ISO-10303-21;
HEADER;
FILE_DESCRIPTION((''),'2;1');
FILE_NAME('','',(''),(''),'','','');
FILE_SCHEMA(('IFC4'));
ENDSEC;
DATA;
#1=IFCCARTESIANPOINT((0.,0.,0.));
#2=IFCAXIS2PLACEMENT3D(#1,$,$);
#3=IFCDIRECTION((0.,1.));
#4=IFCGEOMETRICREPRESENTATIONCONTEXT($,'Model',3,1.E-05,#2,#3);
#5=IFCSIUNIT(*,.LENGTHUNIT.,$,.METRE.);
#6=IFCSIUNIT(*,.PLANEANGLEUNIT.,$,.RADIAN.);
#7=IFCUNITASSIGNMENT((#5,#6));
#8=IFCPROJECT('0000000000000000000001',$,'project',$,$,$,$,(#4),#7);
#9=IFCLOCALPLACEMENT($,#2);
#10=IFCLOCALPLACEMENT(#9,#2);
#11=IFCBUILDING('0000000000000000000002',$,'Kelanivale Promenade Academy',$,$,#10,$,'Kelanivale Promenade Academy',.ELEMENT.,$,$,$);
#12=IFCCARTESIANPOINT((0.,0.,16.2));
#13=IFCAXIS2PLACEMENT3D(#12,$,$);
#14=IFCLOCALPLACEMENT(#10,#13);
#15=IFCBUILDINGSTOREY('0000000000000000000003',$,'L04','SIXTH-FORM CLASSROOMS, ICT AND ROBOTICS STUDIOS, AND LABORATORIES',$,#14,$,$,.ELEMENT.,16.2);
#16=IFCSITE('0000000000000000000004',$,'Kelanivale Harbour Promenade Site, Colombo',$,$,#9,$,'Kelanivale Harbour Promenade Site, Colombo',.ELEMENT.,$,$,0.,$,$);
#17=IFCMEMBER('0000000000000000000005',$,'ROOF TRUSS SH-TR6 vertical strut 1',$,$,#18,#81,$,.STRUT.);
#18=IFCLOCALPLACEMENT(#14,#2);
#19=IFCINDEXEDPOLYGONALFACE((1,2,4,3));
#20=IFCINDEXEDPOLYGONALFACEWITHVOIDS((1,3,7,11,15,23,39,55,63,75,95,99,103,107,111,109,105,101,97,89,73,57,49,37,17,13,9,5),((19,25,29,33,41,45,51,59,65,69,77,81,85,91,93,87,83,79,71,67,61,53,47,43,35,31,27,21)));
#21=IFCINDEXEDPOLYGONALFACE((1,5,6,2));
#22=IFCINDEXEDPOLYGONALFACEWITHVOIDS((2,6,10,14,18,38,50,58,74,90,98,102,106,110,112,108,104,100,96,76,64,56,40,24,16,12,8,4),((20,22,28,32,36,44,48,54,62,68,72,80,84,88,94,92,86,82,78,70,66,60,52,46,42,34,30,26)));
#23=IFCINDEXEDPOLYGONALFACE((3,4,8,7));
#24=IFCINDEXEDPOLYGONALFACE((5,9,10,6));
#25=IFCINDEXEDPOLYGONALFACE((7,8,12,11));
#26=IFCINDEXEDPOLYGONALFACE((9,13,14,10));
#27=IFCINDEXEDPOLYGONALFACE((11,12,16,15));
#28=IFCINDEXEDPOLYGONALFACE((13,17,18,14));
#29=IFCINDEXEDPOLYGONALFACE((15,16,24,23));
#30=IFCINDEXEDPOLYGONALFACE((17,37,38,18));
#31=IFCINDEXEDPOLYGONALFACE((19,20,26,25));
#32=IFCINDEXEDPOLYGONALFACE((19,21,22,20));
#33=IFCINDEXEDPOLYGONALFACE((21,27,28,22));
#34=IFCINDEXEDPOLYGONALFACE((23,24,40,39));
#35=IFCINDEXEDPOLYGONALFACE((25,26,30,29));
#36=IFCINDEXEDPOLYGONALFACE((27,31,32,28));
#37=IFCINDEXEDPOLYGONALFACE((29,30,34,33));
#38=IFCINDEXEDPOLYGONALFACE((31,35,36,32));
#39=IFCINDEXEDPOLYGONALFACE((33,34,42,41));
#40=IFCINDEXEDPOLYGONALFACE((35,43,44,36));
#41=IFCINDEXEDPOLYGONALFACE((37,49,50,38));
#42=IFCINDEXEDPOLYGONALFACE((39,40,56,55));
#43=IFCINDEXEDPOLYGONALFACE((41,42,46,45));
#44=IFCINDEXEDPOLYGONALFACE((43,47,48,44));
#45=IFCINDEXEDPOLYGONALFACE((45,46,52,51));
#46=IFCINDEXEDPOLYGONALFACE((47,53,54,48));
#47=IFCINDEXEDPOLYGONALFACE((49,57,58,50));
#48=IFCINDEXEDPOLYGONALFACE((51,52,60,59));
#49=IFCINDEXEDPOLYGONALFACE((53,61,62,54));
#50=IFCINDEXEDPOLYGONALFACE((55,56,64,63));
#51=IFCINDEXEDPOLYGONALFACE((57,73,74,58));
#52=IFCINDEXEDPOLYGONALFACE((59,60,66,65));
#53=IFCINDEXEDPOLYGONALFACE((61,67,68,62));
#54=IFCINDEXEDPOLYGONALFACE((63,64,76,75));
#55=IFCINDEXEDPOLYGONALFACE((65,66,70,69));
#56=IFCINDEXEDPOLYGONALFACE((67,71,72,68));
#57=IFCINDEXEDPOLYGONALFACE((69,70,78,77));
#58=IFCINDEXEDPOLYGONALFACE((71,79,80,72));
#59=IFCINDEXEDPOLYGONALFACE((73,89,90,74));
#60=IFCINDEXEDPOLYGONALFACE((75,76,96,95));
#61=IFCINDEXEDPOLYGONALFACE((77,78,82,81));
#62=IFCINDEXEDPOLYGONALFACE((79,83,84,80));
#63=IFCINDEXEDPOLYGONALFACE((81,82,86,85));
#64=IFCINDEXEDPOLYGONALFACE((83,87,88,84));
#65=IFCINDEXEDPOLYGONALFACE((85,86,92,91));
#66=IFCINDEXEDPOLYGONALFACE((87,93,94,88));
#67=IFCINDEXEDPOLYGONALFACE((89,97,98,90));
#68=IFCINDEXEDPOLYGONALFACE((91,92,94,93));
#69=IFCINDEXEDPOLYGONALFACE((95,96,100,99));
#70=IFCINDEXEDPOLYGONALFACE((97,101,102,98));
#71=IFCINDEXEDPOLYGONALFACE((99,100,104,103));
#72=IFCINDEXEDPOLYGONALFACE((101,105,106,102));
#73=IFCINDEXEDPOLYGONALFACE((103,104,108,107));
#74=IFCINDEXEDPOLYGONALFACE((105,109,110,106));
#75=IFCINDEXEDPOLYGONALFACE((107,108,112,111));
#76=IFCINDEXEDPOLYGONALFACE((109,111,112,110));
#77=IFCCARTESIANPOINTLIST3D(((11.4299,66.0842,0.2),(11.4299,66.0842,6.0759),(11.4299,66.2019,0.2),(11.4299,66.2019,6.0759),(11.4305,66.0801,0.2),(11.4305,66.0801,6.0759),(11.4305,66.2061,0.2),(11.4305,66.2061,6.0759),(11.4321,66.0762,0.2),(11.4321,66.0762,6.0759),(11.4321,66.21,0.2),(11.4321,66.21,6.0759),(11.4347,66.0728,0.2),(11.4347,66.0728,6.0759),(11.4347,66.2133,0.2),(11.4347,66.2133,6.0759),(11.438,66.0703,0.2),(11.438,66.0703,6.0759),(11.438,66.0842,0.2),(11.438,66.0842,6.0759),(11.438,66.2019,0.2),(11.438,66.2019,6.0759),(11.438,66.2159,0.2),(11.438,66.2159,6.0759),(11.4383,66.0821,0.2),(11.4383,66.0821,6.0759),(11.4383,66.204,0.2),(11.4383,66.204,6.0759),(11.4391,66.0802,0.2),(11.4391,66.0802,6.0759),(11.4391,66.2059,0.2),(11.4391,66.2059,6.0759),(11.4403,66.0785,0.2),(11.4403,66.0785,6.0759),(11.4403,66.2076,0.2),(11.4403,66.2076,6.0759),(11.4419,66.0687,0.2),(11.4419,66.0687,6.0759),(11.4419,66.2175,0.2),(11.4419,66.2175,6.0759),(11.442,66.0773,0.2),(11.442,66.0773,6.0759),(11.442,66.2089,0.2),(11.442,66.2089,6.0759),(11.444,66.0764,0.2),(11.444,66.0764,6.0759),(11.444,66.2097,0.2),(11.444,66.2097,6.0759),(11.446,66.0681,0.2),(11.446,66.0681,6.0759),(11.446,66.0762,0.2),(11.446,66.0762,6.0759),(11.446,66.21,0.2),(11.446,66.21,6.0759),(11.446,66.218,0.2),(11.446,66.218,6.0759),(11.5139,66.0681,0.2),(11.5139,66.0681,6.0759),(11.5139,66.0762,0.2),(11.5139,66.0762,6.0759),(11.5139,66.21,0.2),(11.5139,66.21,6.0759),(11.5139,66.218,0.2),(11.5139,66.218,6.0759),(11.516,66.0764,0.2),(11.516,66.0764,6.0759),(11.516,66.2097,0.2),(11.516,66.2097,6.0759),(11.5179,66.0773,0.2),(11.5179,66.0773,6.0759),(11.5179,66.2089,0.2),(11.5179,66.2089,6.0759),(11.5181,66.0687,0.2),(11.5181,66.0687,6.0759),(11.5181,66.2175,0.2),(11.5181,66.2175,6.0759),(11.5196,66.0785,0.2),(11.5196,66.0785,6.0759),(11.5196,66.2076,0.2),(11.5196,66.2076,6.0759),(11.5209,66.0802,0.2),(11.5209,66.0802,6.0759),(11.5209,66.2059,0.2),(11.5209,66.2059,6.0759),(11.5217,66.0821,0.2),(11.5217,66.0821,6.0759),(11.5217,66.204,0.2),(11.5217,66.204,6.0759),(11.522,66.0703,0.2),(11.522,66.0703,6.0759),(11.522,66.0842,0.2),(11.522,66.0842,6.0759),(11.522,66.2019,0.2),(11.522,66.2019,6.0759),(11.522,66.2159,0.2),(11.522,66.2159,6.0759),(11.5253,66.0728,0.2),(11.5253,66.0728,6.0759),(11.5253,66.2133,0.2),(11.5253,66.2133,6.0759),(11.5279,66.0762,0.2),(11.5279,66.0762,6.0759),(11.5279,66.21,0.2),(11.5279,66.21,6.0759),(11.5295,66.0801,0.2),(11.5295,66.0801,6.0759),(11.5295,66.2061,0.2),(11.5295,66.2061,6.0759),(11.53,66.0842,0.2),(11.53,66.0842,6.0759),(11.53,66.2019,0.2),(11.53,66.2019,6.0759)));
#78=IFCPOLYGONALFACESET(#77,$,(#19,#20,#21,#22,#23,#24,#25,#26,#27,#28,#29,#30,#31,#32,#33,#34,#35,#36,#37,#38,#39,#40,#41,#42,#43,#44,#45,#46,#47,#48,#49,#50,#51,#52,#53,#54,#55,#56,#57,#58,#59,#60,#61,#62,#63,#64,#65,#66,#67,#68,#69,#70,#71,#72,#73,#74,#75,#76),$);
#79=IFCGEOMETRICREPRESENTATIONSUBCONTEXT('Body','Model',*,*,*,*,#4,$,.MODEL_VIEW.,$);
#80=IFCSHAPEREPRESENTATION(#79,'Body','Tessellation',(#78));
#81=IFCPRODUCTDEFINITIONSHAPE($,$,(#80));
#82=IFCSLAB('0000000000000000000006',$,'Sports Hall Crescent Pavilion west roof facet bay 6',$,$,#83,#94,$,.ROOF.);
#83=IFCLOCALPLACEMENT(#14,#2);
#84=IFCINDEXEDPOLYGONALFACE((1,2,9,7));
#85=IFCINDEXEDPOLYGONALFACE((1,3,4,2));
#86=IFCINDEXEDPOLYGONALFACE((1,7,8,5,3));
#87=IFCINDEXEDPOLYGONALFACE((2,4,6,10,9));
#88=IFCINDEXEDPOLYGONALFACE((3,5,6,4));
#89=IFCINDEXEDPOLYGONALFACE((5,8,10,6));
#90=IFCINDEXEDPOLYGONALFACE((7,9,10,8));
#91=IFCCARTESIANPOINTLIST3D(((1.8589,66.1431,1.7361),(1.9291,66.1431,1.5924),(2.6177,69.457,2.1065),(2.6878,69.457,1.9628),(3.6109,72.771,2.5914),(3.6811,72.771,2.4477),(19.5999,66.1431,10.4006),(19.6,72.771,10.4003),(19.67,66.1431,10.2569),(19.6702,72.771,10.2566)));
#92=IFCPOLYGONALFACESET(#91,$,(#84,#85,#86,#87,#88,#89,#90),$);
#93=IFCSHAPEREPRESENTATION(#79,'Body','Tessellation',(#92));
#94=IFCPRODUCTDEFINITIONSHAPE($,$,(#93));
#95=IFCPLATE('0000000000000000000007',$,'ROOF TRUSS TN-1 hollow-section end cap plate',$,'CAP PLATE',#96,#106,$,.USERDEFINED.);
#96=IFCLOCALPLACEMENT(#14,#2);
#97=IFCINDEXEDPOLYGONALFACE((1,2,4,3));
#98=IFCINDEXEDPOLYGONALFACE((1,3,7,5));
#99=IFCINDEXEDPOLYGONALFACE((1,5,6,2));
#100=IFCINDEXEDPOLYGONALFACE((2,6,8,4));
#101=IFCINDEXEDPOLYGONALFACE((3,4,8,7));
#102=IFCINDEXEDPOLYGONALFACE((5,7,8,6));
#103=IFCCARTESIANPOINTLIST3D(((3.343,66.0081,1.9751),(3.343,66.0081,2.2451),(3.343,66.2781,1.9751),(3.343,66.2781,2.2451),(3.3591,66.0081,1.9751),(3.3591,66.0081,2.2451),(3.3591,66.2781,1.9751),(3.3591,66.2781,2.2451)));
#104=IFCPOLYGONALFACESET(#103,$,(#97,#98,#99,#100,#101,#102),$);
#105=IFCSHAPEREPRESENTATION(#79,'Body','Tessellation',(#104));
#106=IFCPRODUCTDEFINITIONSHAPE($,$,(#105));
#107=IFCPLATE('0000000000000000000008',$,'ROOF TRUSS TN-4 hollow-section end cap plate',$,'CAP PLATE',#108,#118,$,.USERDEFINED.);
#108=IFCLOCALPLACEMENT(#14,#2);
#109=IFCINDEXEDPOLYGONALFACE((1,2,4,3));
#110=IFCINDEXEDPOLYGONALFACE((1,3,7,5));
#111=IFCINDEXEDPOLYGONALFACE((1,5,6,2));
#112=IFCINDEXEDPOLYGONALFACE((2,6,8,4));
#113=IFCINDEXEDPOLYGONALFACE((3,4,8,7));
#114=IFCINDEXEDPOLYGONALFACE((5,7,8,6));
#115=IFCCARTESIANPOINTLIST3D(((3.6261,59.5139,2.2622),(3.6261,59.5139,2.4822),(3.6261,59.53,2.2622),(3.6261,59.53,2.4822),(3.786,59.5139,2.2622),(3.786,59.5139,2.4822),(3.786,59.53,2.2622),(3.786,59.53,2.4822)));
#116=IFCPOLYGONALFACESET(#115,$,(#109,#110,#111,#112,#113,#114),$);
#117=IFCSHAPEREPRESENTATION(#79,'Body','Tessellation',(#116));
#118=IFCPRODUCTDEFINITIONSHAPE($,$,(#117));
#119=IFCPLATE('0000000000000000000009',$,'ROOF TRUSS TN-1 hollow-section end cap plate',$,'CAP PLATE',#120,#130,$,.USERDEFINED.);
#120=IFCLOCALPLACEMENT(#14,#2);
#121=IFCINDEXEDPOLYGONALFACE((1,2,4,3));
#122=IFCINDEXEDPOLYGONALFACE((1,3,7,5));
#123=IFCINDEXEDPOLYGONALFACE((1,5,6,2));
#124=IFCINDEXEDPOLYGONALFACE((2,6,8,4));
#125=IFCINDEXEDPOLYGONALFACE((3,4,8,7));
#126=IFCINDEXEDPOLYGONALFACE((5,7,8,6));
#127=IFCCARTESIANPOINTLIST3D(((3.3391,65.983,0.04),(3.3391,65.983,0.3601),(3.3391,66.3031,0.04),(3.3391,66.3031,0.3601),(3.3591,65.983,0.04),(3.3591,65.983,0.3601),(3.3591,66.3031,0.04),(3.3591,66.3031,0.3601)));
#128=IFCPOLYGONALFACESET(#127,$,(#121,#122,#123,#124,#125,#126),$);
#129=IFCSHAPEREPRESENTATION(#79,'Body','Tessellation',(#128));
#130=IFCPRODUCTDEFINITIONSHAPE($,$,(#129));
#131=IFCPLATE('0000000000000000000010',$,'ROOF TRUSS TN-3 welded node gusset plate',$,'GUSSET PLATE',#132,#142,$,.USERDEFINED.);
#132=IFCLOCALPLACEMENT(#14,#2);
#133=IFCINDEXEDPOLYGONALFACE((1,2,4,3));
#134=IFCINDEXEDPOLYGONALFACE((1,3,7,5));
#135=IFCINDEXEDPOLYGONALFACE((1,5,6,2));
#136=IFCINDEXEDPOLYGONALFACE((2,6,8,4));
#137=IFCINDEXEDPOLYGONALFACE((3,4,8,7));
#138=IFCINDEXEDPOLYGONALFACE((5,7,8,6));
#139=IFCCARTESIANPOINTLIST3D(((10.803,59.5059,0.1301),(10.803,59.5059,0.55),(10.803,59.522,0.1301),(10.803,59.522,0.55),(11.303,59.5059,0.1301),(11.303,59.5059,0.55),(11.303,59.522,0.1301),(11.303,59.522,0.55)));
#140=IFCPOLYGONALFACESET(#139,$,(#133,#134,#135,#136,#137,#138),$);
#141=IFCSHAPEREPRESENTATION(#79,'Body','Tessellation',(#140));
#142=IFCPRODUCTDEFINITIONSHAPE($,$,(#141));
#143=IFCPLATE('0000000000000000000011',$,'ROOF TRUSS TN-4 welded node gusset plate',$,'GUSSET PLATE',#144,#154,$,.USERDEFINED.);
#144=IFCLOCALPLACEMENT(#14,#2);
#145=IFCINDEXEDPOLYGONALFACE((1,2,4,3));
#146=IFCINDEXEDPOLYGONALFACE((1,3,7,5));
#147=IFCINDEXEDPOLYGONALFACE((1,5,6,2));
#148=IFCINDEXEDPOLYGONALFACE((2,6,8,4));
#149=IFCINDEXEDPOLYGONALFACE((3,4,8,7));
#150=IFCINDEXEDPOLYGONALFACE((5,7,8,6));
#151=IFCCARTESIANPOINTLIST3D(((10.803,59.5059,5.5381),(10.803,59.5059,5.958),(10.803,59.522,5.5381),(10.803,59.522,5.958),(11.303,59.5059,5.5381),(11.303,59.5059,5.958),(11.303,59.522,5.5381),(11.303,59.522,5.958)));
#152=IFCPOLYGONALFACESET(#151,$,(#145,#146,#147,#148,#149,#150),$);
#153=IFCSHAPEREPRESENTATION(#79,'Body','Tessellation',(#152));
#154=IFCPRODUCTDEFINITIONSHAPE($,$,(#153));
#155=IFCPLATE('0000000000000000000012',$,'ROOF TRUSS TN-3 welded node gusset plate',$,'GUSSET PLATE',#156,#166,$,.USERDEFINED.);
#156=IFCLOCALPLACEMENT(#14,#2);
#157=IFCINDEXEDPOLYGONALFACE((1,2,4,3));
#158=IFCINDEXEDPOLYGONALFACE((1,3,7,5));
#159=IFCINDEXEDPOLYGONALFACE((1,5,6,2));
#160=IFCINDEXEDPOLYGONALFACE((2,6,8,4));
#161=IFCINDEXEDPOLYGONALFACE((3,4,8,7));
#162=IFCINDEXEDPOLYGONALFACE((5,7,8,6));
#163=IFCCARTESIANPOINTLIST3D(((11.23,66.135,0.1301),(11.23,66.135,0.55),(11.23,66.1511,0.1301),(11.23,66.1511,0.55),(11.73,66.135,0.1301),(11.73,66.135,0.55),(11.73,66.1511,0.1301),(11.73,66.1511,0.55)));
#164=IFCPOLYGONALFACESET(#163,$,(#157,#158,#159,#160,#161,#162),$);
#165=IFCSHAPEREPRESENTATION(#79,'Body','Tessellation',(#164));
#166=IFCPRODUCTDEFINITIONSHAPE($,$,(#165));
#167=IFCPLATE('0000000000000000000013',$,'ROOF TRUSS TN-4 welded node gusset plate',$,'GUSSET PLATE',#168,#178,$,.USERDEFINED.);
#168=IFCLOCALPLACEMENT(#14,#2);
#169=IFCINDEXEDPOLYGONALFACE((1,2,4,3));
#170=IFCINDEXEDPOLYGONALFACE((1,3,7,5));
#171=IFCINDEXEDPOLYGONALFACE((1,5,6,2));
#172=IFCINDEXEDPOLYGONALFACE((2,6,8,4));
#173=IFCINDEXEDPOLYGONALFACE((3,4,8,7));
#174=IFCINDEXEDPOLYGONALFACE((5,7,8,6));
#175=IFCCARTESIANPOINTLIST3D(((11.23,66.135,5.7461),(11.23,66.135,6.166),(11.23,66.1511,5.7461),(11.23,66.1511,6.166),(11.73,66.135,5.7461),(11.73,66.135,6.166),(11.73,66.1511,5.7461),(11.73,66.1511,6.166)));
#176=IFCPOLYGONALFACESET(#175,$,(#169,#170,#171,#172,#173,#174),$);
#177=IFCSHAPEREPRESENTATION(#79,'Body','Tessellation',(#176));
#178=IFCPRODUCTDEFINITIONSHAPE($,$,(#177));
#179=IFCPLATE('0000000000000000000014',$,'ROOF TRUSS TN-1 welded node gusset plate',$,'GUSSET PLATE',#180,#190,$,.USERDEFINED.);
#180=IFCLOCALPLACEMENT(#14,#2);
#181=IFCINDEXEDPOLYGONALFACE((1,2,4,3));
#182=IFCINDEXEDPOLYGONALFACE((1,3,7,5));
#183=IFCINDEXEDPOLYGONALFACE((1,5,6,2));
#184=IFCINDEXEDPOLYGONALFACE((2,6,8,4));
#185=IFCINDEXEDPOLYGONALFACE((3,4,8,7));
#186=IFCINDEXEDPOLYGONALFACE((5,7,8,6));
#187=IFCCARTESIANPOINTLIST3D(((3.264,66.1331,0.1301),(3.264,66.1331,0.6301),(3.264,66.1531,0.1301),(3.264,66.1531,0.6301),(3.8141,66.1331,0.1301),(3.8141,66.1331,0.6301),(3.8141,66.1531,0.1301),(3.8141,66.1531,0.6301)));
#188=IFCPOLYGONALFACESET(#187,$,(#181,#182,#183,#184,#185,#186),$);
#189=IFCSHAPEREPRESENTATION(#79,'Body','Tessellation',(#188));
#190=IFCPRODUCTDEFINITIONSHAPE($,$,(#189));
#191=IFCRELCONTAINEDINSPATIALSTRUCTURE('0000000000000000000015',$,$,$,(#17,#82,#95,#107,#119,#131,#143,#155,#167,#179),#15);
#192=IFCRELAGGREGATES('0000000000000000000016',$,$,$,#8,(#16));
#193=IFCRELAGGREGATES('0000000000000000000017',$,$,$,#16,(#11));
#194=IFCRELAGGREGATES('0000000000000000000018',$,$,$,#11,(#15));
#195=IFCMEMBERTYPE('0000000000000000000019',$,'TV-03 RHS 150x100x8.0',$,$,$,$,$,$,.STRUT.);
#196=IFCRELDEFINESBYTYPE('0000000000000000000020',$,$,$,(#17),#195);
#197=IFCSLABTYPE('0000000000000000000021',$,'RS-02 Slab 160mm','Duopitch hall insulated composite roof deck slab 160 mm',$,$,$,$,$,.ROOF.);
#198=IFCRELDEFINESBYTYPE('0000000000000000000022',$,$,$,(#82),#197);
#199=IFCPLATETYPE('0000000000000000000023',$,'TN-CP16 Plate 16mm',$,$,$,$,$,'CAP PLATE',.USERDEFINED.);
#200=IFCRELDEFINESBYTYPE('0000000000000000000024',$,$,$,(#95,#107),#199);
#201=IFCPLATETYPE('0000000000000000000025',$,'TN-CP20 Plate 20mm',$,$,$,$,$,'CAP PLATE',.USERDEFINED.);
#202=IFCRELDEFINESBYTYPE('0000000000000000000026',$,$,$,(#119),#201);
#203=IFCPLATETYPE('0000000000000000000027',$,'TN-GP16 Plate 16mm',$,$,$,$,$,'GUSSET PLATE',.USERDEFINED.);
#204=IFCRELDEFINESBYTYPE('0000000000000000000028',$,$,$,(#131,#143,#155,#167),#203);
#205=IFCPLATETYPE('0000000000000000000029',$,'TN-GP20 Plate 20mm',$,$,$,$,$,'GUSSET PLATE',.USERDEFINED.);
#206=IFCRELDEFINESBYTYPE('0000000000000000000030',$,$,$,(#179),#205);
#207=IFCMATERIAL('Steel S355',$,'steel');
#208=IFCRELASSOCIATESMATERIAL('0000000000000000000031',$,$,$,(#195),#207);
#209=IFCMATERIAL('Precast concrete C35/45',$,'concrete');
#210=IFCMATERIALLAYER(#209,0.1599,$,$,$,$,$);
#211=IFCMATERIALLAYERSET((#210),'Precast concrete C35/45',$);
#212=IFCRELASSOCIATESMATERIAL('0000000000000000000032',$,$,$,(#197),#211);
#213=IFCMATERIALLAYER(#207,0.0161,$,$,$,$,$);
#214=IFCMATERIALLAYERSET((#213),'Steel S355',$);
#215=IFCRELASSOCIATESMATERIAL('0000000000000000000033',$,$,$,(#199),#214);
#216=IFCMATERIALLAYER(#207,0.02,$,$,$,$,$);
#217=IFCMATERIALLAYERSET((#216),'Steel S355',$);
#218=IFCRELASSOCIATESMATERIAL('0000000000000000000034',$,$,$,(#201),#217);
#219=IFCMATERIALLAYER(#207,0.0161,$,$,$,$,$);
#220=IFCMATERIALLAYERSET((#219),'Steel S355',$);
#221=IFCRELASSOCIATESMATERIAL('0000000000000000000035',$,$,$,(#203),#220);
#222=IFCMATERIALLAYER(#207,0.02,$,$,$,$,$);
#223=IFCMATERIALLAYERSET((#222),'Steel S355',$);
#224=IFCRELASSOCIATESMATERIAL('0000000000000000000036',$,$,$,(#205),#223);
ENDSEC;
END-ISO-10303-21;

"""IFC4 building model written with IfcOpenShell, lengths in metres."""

from ifc_helpers import new_model, si_unit, direction, frame, origin, origin_2d, place, context, subcontext, project, spatial, polyline, rectangle, hollow_rectangle, outline, extrude, material, layer, layer_set, material_profile, profile_set, type_object, element, save


model = new_model("IFC4")

# Units and contexts
model_context = context("Model", 3, precision=1e-05, world=origin(), true_north=direction((0.0, 1.0)))
body_context = subcontext(model_context, "Body", "Model", "MODEL_VIEW")
ifc_project = project(units=[si_unit("LENGTHUNIT", "METRE"), si_unit("PLANEANGLEUNIT", "RADIAN")], contexts=[model_context])

# Site, building, storey
site_placement = place(None, origin())
site = spatial("IfcSite", under=ifc_project, at=site_placement, Name="Kelanivale Harbour Promenade Site, Colombo", LongName="Kelanivale Harbour Promenade Site, Colombo", CompositionType="ELEMENT", RefElevation=0.0)
building_placement = place(site_placement, origin())
building = spatial("IfcBuilding", under=site, at=building_placement, Name="Kelanivale Promenade Academy", LongName="Kelanivale Promenade Academy", CompositionType="ELEMENT")
storey_placement = place(building_placement, frame((0.0, 0.0, 16.2)))
storey = spatial("IfcBuildingStorey", under=building, at=storey_placement, Name="L04", Description="SIXTH-FORM CLASSROOMS, ICT AND ROBOTICS STUDIOS, AND LABORATORIES", CompositionType="ELEMENT", Elevation=16.2)

# Shared definitions
ifc_material_1 = material(Name="Steel S355", Category="steel")

# Member
ifc_material_profile_1 = material_profile(ifc_material_1, hollow_rectangle(XDim=0.1001, YDim=0.1499, WallThickness=0.0081, InnerFilletRadius=0.0081, OuterFilletRadius=0.0161, at=origin_2d()), Name="RHS 150x100x8.0")
ifc_profile_set_1 = profile_set([ifc_material_profile_1], Name="Steel S355")
member_type_1 = type_object("IfcMemberType", Name="TV-03 RHS 150x100x8.0", PredefinedType="STRUT", material=ifc_profile_set_1)
member_1_placement = place(storey_placement, frame((11.48, 66.1431, 0.2), z_axis=(0.0, 0.0, 1.0), x_axis=(1.0, 0.0, 0.0)))
element("IfcMember", 1, at=member_1_placement, inside=storey, type_object=member_type_1, Name="ROOF TRUSS SH-TR6 vertical strut 1", PredefinedType="STRUT", context=body_context, shape_type="SweptSolid", body=[
    extrude(hollow_rectangle(XDim=0.1001, YDim=0.1499, WallThickness=0.0081, InnerFilletRadius=0.0081, OuterFilletRadius=0.0161, at=origin_2d()), origin(), (0.0, 0.0, 1.0), 5.876),
])

# Slab
ifc_material_2 = material(Name="Precast concrete C35/45", Category="concrete")
ifc_layer_1 = layer(ifc_material_2, 0.1599)
ifc_layer_set_1 = layer_set([ifc_layer_1], Name="Precast concrete C35/45")
slab_type = type_object("IfcSlabType", Name="RS-02 Slab 160mm", Description="Duopitch hall insulated composite roof deck slab 160 mm", PredefinedType="ROOF", material=ifc_layer_set_1)
slab_placement = place(storey_placement, frame((1.8589, 66.1431, 1.7361), z_axis=(-0.43885, 0.000055, 0.89856), x_axis=(0.89856, 0.0, 0.43885)))
element("IfcSlab", 2, at=slab_placement, inside=storey, type_object=slab_type, Name="Sports Hall Crescent Pavilion west roof facet bay 6", PredefinedType="ROOF", context=body_context, shape_type="SweptSolid", body=[
    extrude(outline(polyline([(0.0, 0.0), (19.7438, 0.0), (19.7438, 6.6279), (1.9497, 6.6279), (0.8444, 3.314), (0.0, 0.0)])), origin(), (0.0, 0.0, -1.0), 0.1599),
])

# Plates
ifc_layer_2 = layer(ifc_material_1, 0.0161)
ifc_layer_set_2 = layer_set([ifc_layer_2], Name="Steel S355")
plate_type_1 = type_object("IfcPlateType", Name="TN-CP16 Plate 16mm", ElementType="CAP PLATE", PredefinedType="USERDEFINED", material=ifc_layer_set_2)
plate_1_placement = place(storey_placement, frame((3.3511, 66.1431, 1.9751), z_axis=(0.0, 0.0, 1.0), x_axis=(-1.0, 0.0, 0.0)))
element("IfcPlate", 3, at=plate_1_placement, inside=storey, type_object=plate_type_1, Name="ROOF TRUSS TN-1 hollow-section end cap plate", ObjectType="CAP PLATE", PredefinedType="USERDEFINED", context=body_context, shape_type="SweptSolid", body=[
    extrude(rectangle(XDim=0.0161, YDim=0.27, at=origin_2d()), origin(), (0.0, 0.0, 1.0), 0.27),
])
plate_2_placement = place(storey_placement, frame((3.7061, 59.522, 2.2622), z_axis=(0.0, 0.0, 1.0), x_axis=(0.0, 1.0, 0.0)))
element("IfcPlate", 4, at=plate_2_placement, inside=storey, type_object=plate_type_1, Name="ROOF TRUSS TN-4 hollow-section end cap plate", ObjectType="CAP PLATE", PredefinedType="USERDEFINED", context=body_context, shape_type="SweptSolid", body=[
    extrude(rectangle(XDim=0.0161, YDim=0.1599, at=origin_2d()), origin(), (0.0, 0.0, 1.0), 0.22),
])
ifc_layer_3 = layer(ifc_material_1, 0.02)
ifc_layer_set_3 = layer_set([ifc_layer_3], Name="Steel S355")
plate_type_2 = type_object("IfcPlateType", Name="TN-CP20 Plate 20mm", ElementType="CAP PLATE", PredefinedType="USERDEFINED", material=ifc_layer_set_3)
plate_3_placement = place(storey_placement, frame((3.3491, 66.1431, 0.04), z_axis=(0.0, 0.0, 1.0), x_axis=(-1.0, 0.0, 0.0)))
element("IfcPlate", 5, at=plate_3_placement, inside=storey, type_object=plate_type_2, Name="ROOF TRUSS TN-1 hollow-section end cap plate", ObjectType="CAP PLATE", PredefinedType="USERDEFINED", context=body_context, shape_type="SweptSolid", body=[
    extrude(rectangle(XDim=0.02, YDim=0.3201, at=origin_2d()), origin(), (0.0, 0.0, 1.0), 0.3201),
])
ifc_layer_4 = layer(ifc_material_1, 0.0161)
ifc_layer_set_4 = layer_set([ifc_layer_4], Name="Steel S355")
plate_type_3 = type_object("IfcPlateType", Name="TN-GP16 Plate 16mm", ElementType="GUSSET PLATE", PredefinedType="USERDEFINED", material=ifc_layer_set_4)
for number, where, z_axis, x_axis, name in (
    (6, (11.053, 59.5139, 0.1301), (0.0, 0.0, 1.0), (1.0, 0.0, 0.0), "ROOF TRUSS TN-3 welded node gusset plate"),
    (7, (11.053, 59.5139, 5.5381), (0.0, 0.0, 1.0), (1.0, 0.0, 0.0), "ROOF TRUSS TN-4 welded node gusset plate"),
    (8, (11.48, 66.1431, 0.1301), (0.0, 0.0, 1.0), (1.0, 0.0, 0.0), "ROOF TRUSS TN-3 welded node gusset plate"),
    (9, (11.48, 66.1431, 5.7461), (0.0, 0.0, 1.0), (1.0, 0.0, 0.0), "ROOF TRUSS TN-4 welded node gusset plate"),
):
    element("IfcPlate", number, at=place(storey_placement, frame(where, z_axis=z_axis, x_axis=x_axis)), inside=storey, type_object=plate_type_3, Name=name, ObjectType="GUSSET PLATE", PredefinedType="USERDEFINED", context=body_context, shape_type="SweptSolid", body=[
        extrude(rectangle(XDim=0.5, YDim=0.0161, at=origin_2d()), origin(), (0.0, 0.0, 1.0), 0.4199),
    ])
ifc_layer_5 = layer(ifc_material_1, 0.02)
ifc_layer_set_5 = layer_set([ifc_layer_5], Name="Steel S355")
plate_type_4 = type_object("IfcPlateType", Name="TN-GP20 Plate 20mm", ElementType="GUSSET PLATE", PredefinedType="USERDEFINED", material=ifc_layer_set_5)
plate_4_placement = place(storey_placement, frame((3.5391, 66.1431, 0.1301), z_axis=(0.0, 0.0, 1.0), x_axis=(1.0, 0.0, 0.0)))
element("IfcPlate", 10, at=plate_4_placement, inside=storey, type_object=plate_type_4, Name="ROOF TRUSS TN-1 welded node gusset plate", ObjectType="GUSSET PLATE", PredefinedType="USERDEFINED", context=body_context, shape_type="SweptSolid", body=[
    extrude(rectangle(XDim=0.55, YDim=0.02, at=origin_2d()), origin(), (0.0, 0.0, 1.0), 0.5),
])

save(model, "model.ifc")
